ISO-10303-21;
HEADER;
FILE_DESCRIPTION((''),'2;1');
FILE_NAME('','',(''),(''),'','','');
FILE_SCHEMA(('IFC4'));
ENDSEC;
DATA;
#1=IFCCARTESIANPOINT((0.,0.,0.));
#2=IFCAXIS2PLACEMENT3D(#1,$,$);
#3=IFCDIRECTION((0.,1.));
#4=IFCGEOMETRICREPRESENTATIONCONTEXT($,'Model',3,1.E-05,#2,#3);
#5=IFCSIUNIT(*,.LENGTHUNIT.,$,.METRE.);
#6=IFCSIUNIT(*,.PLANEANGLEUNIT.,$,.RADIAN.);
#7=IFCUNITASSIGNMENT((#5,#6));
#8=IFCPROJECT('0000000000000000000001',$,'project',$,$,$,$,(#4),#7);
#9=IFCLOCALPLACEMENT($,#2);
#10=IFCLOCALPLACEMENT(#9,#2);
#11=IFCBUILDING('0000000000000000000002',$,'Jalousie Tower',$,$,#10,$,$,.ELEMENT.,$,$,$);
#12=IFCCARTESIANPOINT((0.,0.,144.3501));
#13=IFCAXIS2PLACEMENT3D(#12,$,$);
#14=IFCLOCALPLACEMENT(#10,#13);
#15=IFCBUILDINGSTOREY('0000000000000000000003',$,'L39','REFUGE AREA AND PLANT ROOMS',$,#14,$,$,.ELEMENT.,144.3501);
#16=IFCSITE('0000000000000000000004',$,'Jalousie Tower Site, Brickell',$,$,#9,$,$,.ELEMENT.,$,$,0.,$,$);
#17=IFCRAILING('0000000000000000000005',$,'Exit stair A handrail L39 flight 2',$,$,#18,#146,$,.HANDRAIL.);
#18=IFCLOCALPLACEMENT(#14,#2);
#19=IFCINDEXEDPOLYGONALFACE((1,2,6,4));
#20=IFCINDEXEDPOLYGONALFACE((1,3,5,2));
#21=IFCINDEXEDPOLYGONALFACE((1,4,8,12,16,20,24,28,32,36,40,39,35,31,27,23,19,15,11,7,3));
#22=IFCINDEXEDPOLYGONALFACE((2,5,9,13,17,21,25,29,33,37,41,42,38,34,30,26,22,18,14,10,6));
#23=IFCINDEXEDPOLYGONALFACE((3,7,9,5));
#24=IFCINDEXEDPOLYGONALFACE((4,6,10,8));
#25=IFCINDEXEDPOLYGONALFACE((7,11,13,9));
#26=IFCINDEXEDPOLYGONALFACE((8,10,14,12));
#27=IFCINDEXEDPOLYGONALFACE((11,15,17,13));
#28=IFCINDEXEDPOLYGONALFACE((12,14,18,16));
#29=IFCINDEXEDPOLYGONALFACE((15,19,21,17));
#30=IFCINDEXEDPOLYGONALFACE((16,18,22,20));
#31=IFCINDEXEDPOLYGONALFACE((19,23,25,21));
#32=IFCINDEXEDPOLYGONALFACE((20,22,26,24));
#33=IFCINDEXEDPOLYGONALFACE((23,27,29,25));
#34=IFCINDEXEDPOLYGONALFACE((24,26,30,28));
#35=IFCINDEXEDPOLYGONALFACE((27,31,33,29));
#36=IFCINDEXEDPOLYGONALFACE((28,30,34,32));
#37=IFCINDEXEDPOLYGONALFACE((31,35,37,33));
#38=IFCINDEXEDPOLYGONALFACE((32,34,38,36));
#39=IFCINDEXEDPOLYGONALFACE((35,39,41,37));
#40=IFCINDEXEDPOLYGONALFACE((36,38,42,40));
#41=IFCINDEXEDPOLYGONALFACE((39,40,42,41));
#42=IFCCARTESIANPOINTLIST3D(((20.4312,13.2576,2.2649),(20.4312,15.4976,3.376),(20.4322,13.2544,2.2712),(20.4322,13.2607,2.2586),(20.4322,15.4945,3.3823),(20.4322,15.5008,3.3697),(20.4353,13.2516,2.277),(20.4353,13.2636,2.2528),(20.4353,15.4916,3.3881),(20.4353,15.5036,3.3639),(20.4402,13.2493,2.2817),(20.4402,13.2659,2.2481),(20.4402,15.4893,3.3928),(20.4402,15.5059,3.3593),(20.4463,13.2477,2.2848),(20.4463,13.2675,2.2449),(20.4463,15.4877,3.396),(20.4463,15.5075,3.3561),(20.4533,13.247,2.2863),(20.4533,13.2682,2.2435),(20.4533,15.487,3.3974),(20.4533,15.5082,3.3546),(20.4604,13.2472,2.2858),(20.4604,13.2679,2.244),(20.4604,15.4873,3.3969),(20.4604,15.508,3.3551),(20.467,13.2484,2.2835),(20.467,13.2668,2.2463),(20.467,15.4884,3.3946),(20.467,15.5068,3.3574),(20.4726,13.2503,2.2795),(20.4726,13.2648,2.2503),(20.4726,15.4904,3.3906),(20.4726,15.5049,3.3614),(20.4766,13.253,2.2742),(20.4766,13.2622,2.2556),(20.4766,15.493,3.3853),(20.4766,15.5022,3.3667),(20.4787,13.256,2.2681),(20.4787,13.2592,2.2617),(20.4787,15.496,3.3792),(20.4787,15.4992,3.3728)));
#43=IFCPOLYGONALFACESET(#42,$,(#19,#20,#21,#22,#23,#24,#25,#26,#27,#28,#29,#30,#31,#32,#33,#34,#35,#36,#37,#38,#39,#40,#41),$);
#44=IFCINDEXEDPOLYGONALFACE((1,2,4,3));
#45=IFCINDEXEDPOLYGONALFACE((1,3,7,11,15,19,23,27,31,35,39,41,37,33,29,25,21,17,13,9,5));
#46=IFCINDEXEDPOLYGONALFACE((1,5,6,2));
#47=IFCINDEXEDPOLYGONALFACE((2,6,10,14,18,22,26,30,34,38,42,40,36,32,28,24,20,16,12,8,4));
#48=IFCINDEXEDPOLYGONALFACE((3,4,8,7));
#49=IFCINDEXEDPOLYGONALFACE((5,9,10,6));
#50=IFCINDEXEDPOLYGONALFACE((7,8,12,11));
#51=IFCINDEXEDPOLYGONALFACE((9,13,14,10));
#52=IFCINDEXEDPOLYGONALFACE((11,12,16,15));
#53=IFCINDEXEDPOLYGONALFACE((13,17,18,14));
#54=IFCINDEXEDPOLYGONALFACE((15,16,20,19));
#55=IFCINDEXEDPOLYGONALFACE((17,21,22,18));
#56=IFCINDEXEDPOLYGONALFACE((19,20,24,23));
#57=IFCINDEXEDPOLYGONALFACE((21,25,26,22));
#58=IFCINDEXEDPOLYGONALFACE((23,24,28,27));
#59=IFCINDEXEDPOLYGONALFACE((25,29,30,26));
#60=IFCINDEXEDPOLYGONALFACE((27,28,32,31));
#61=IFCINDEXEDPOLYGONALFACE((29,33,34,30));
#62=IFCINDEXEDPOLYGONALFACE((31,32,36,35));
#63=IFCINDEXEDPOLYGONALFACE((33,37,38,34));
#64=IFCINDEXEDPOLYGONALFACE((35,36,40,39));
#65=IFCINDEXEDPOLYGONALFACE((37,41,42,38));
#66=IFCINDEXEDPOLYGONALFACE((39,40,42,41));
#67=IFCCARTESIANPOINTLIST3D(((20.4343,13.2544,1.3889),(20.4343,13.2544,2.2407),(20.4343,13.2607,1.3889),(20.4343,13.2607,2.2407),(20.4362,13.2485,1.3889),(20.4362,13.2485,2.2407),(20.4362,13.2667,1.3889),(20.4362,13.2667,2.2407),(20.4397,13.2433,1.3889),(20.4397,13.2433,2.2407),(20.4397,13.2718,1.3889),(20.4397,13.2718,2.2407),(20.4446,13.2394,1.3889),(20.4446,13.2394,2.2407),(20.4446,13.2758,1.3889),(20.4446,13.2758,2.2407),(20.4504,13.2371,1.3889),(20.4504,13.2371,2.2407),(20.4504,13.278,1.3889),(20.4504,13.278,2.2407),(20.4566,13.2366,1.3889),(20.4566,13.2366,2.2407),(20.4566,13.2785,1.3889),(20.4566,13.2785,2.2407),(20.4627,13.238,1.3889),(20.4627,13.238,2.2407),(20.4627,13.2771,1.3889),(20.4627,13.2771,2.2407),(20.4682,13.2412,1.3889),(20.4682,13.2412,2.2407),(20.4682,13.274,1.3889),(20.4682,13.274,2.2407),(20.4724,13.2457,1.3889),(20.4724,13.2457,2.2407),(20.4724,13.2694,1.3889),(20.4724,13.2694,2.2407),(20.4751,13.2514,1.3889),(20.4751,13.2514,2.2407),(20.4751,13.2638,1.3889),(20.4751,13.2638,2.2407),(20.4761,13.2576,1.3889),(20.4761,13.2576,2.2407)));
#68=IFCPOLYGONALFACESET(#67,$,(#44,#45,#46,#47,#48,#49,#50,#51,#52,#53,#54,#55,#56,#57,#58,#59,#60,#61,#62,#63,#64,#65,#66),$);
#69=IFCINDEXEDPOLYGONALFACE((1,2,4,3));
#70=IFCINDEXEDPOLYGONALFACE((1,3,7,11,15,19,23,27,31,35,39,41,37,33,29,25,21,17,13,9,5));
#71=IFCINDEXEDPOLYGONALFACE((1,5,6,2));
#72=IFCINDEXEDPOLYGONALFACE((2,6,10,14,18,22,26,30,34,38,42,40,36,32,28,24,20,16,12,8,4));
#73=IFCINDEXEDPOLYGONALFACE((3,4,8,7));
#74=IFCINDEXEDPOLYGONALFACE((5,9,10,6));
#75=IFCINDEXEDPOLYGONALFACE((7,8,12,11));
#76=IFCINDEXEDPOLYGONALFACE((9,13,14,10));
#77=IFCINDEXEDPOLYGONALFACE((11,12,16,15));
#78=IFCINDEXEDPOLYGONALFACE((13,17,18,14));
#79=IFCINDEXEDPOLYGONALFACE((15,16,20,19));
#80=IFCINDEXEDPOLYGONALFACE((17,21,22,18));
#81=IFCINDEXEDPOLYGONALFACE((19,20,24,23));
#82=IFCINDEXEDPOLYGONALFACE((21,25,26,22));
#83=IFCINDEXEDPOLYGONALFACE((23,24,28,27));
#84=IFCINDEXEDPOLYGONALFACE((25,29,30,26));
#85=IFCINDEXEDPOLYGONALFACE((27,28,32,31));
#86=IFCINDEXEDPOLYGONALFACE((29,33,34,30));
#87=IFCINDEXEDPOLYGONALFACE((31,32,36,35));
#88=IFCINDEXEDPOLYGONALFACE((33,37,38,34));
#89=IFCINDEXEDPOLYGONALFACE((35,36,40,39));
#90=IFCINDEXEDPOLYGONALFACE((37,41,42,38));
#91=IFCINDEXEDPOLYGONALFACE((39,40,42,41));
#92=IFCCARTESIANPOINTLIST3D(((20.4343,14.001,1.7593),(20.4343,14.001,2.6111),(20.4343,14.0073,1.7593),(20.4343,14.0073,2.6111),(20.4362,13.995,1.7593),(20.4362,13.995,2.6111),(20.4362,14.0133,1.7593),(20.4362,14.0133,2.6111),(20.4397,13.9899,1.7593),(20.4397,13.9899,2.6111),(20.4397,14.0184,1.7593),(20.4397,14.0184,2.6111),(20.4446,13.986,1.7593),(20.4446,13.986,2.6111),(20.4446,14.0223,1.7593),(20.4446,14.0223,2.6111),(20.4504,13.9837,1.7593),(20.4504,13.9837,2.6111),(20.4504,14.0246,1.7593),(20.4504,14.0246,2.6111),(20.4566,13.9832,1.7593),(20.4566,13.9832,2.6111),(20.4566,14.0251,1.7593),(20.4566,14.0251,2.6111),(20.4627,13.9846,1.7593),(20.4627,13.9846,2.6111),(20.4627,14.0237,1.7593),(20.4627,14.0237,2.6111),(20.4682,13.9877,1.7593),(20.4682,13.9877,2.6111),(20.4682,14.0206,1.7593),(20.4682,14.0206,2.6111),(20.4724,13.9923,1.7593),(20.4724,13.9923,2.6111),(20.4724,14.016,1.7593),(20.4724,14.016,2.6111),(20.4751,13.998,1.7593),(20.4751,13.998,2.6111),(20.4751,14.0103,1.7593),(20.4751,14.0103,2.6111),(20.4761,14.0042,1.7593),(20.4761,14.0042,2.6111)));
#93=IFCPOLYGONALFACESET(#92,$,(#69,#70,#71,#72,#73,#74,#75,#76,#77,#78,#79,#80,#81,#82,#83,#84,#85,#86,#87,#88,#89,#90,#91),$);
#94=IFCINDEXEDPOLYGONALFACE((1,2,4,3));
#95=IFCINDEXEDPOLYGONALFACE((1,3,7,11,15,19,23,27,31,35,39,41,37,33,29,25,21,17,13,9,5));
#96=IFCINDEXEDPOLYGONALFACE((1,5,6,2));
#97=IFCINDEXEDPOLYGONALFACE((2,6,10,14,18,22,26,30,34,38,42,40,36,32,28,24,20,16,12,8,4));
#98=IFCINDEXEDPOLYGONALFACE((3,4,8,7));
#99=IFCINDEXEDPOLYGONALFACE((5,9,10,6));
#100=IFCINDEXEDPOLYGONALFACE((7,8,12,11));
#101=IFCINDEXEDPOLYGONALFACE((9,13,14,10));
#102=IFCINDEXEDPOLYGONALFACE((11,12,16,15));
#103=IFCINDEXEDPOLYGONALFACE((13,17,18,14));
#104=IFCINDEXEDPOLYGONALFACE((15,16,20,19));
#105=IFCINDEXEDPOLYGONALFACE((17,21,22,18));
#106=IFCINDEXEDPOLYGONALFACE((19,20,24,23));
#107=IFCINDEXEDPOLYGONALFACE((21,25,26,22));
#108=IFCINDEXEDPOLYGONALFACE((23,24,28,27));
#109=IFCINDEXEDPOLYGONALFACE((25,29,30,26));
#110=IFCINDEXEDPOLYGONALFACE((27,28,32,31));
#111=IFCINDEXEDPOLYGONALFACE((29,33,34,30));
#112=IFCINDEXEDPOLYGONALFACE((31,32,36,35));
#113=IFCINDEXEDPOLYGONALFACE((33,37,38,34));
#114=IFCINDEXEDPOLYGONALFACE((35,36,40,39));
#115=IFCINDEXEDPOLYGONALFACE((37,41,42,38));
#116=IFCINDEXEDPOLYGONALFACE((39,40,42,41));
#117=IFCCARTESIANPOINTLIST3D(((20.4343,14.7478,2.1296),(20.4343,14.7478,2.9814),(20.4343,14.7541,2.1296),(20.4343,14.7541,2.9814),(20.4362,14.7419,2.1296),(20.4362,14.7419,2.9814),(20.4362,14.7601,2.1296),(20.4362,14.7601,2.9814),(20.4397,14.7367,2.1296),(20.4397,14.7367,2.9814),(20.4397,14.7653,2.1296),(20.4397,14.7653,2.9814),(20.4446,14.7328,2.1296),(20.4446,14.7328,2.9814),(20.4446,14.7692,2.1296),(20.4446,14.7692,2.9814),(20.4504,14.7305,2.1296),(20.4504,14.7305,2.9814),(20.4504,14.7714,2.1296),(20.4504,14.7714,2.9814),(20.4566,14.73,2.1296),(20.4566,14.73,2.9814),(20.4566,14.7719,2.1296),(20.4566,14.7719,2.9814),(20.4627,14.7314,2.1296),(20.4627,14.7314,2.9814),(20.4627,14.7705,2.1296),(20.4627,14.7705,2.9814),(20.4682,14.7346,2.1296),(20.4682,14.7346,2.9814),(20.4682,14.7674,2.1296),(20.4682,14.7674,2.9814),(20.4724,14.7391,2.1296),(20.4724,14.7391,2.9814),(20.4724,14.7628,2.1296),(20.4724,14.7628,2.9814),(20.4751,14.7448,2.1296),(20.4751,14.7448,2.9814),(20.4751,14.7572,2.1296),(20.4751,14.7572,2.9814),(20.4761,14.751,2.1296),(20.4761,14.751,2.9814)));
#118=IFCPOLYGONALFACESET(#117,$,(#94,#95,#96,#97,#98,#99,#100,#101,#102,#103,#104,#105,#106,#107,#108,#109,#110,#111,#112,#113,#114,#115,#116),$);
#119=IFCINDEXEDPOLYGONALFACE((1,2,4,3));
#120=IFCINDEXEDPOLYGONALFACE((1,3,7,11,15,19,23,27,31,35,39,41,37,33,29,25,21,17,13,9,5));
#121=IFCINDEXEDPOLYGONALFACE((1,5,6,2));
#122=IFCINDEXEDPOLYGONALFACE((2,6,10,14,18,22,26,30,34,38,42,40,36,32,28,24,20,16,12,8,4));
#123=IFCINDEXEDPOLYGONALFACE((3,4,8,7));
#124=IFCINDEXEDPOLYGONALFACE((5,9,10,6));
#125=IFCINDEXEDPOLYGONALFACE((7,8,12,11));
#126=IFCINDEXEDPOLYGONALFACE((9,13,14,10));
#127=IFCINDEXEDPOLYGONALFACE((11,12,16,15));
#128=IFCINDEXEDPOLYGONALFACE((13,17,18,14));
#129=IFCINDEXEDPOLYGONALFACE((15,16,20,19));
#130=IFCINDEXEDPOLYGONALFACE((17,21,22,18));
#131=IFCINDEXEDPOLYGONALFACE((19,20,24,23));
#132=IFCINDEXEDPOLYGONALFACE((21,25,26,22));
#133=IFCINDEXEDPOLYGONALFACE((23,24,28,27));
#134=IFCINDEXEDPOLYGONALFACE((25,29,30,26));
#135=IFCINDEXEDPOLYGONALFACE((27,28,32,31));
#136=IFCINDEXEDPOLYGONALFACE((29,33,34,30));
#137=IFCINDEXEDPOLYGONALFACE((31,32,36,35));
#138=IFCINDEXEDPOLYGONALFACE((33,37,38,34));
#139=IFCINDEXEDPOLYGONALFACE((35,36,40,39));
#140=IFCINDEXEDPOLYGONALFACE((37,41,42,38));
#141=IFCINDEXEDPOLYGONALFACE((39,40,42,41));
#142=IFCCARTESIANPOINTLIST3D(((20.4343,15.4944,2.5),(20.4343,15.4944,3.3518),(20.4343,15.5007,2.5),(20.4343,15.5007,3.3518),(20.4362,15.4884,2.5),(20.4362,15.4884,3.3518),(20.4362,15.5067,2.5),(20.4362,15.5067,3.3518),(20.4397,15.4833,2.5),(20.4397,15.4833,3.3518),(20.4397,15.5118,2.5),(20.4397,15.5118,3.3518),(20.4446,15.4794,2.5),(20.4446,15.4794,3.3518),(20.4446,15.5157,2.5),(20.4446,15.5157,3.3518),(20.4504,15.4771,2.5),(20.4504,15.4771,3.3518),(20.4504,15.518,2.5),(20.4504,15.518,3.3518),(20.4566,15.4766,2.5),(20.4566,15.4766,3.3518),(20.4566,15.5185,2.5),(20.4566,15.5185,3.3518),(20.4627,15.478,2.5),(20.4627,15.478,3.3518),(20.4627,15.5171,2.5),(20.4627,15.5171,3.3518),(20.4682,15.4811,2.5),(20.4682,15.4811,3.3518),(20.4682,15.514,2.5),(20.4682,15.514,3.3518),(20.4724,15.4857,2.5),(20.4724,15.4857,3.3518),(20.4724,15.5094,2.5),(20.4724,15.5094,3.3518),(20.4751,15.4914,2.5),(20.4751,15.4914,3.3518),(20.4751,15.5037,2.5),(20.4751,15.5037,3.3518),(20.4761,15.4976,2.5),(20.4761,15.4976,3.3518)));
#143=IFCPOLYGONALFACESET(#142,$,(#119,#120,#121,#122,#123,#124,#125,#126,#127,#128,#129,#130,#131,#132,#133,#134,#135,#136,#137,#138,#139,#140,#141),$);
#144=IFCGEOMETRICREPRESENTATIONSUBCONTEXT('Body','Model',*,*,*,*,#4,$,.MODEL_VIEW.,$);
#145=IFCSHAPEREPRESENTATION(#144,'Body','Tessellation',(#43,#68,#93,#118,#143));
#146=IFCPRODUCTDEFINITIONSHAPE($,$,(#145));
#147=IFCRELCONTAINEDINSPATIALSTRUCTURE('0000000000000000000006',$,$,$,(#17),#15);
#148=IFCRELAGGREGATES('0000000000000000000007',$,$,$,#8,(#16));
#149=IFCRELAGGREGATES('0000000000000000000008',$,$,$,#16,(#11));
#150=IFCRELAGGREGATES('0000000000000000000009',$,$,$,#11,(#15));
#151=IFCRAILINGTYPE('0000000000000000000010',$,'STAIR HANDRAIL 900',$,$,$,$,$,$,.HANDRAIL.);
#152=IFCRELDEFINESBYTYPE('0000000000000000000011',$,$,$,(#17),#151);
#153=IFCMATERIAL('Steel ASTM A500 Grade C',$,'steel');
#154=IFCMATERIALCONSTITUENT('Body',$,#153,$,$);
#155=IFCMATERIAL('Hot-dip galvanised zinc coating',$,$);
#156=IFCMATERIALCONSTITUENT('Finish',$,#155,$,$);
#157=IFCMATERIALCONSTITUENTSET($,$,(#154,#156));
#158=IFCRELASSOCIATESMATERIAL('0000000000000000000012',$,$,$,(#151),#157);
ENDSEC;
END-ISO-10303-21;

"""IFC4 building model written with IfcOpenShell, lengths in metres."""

from ifc_helpers import new_model, si_unit, direction, frame, origin, origin_2d, place, context, subcontext, project, spatial, circle, extrude, material, constituent, constituent_set, type_object, element, save


model = new_model("IFC4")

# Units and contexts
model_context = context("Model", 3, precision=1e-05, world=origin(), true_north=direction((0.0, 1.0)))
body_context = subcontext(model_context, "Body", "Model", "MODEL_VIEW")
ifc_project = project(units=[si_unit("LENGTHUNIT", "METRE"), si_unit("PLANEANGLEUNIT", "RADIAN")], contexts=[model_context])

# Site, building, storey
site_placement = place(None, origin())
site = spatial("IfcSite", under=ifc_project, at=site_placement, Name="Jalousie Tower Site, Brickell", CompositionType="ELEMENT", RefElevation=0.0)
building_placement = place(site_placement, origin())
building = spatial("IfcBuilding", under=site, at=building_placement, Name="Jalousie Tower", CompositionType="ELEMENT")
storey_placement = place(building_placement, frame((0.0, 0.0, 144.3501)))
storey = spatial("IfcBuildingStorey", under=building, at=storey_placement, Name="L39", Description="REFUGE AREA AND PLANT ROOMS", CompositionType="ELEMENT", Elevation=144.3501)

# Railing
ifc_material_1 = material(Name="Steel ASTM A500 Grade C", Category="steel")
ifc_constituent_1 = constituent(ifc_material_1, Name="Body")
ifc_material_2 = material(Name="Hot-dip galvanised zinc coating")
ifc_constituent_2 = constituent(ifc_material_2, Name="Finish")
ifc_constituent_set_1 = constituent_set(constituents=[ifc_constituent_1, ifc_constituent_2])
railing_type_1 = type_object("IfcRailingType", Name="STAIR HANDRAIL 900", PredefinedType="HANDRAIL", material=ifc_constituent_set_1)
for number, where, name in (
    (1, (20.4551, 13.2576, 1.3889), "Exit stair A handrail L39 flight 2"),
):
    element("IfcRailing", number, at=place(storey_placement, frame(where)), inside=storey, type_object=railing_type_1, Name=name, PredefinedType="HANDRAIL", context=body_context, shape_type="SweptSolid", body=[
        extrude(circle(Radius=0.0239, at=origin_2d()), frame((0.0, 0.0, 0.876), z_axis=(0.0, 0.895848, 0.44436), x_axis=(-1.0, 0.0, 0.0)), (0.0, 0.0, 1.0), 2.5005),
        extrude(circle(Radius=0.021, at=origin_2d()), origin(), (0.0, 0.0, 1.0), 0.8518),
        extrude(circle(Radius=0.021, at=origin_2d()), frame((0.0, 0.7466, 0.3704)), (0.0, 0.0, 1.0), 0.8518),
        extrude(circle(Radius=0.021, at=origin_2d()), frame((0.0, 1.4934, 0.7407)), (0.0, 0.0, 1.0), 0.8518),
        extrude(circle(Radius=0.021, at=origin_2d()), frame((0.0, 2.24, 1.1111)), (0.0, 0.0, 1.0), 0.8518),
    ])

save(model, "model.ifc")
